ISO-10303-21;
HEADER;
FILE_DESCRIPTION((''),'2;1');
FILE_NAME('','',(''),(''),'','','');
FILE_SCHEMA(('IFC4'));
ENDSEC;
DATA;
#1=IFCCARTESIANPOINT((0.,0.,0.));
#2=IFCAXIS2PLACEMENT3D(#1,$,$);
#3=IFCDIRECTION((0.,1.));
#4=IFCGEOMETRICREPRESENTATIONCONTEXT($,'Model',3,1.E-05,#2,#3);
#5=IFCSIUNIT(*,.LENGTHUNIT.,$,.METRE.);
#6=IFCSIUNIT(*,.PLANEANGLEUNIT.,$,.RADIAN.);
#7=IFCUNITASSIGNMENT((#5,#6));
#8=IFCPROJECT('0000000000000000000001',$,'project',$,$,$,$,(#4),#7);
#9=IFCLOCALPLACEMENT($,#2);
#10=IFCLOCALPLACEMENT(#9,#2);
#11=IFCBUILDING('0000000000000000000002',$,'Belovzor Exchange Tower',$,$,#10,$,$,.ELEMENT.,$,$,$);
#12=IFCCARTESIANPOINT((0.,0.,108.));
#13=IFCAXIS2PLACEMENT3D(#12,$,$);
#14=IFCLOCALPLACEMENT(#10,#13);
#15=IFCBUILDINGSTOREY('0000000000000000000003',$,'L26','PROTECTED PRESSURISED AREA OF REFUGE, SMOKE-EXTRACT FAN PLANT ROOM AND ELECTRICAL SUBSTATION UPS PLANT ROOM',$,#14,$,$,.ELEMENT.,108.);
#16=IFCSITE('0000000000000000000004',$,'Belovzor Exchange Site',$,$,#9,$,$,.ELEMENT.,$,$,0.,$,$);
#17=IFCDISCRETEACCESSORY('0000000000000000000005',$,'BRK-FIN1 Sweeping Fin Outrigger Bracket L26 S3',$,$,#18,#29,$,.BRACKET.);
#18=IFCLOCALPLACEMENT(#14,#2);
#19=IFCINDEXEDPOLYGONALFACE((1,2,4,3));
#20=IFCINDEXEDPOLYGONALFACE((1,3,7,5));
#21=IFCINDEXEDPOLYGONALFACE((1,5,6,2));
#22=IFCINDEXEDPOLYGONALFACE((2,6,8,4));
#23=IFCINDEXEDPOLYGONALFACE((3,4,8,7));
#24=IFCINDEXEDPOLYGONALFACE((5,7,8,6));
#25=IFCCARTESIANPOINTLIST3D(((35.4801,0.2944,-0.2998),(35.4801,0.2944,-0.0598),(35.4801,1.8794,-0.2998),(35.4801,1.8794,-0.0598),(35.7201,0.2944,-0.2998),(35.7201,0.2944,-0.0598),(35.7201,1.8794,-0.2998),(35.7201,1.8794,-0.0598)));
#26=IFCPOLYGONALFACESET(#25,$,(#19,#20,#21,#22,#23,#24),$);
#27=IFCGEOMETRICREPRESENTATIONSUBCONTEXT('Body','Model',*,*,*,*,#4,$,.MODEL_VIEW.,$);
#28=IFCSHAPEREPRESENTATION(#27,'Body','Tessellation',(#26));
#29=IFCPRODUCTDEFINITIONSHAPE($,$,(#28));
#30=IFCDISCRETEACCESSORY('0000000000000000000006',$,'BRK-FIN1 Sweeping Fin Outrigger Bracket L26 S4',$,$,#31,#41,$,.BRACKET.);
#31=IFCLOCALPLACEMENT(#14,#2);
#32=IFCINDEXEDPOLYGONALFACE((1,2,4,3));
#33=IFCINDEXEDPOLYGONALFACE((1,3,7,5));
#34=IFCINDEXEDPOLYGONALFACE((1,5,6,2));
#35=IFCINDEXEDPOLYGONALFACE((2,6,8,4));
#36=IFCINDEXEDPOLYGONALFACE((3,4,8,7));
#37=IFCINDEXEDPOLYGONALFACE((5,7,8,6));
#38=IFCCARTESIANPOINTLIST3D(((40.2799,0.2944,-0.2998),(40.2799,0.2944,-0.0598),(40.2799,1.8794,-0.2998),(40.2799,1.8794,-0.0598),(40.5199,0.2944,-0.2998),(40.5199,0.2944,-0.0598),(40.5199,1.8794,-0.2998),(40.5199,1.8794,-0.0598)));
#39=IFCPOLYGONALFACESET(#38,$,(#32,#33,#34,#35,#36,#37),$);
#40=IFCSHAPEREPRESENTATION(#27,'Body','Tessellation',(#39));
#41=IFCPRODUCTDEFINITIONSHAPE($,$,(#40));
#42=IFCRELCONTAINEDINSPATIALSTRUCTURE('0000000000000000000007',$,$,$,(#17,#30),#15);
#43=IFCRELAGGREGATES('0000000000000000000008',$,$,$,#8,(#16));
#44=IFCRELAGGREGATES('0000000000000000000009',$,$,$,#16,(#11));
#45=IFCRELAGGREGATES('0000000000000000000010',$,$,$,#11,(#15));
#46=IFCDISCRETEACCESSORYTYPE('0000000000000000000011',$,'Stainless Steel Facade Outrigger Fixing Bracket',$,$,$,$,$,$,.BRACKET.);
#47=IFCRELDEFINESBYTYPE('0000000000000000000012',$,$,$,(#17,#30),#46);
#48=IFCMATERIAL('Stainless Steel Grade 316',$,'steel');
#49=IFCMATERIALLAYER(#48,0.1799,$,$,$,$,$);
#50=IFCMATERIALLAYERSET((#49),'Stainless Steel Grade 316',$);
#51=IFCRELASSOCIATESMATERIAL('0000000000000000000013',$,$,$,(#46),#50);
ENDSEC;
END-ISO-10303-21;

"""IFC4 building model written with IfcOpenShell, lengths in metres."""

from ifc_helpers import new_model, si_unit, direction, frame, origin, origin_2d, place, context, subcontext, project, spatial, rectangle, extrude, material, layer, layer_set, type_object, element, save


model = new_model("IFC4")

# Units and contexts
model_context = context("Model", 3, precision=1e-05, world=origin(), true_north=direction((0.0, 1.0)))
body_context = subcontext(model_context, "Body", "Model", "MODEL_VIEW")
ifc_project = project(units=[si_unit("LENGTHUNIT", "METRE"), si_unit("PLANEANGLEUNIT", "RADIAN")], contexts=[model_context])

# Site, building, storey
site_placement = place(None, origin())
site = spatial("IfcSite", under=ifc_project, at=site_placement, Name="Belovzor Exchange Site", CompositionType="ELEMENT", RefElevation=0.0)
building_placement = place(site_placement, origin())
building = spatial("IfcBuilding", under=site, at=building_placement, Name="Belovzor Exchange Tower", CompositionType="ELEMENT")
storey_placement = place(building_placement, frame((0.0, 0.0, 108.0)))
storey = spatial("IfcBuildingStorey", under=building, at=storey_placement, Name="L26", Description="PROTECTED PRESSURISED AREA OF REFUGE, SMOKE-EXTRACT FAN PLANT ROOM AND ELECTRICAL SUBSTATION UPS PLANT ROOM", CompositionType="ELEMENT", Elevation=108.0)

# Discrete accessories
ifc_material_1 = material(Name="Stainless Steel Grade 316", Category="steel")
ifc_layer_1 = layer(ifc_material_1, 0.1799)
ifc_layer_set_1 = layer_set([ifc_layer_1], Name="Stainless Steel Grade 316")
discrete_accessory_type = type_object("IfcDiscreteAccessoryType", Name="Stainless Steel Facade Outrigger Fixing Bracket", PredefinedType="BRACKET", material=ifc_layer_set_1)
for number, where, z_axis, x_axis, name in (
    (1, (35.6001, 1.0869, -0.2998), (0.0, 0.0, 1.0), (0.0, 1.0, 0.0), "BRK-FIN1 Sweeping Fin Outrigger Bracket L26 S3"),
    (2, (40.3999, 1.0869, -0.2998), (0.0, 0.0, 1.0), (0.0, 1.0, 0.0), "BRK-FIN1 Sweeping Fin Outrigger Bracket L26 S4"),
):
    element("IfcDiscreteAccessory", number, at=place(storey_placement, frame(where, z_axis=z_axis, x_axis=x_axis)), inside=storey, type_object=discrete_accessory_type, Name=name, PredefinedType="BRACKET", context=body_context, shape_type="SweptSolid", body=[
        extrude(rectangle(XDim=1.585, YDim=0.24, at=origin_2d()), origin(), (0.0, 0.0, 1.0), 0.24),
    ])

save(model, "model.ifc")
